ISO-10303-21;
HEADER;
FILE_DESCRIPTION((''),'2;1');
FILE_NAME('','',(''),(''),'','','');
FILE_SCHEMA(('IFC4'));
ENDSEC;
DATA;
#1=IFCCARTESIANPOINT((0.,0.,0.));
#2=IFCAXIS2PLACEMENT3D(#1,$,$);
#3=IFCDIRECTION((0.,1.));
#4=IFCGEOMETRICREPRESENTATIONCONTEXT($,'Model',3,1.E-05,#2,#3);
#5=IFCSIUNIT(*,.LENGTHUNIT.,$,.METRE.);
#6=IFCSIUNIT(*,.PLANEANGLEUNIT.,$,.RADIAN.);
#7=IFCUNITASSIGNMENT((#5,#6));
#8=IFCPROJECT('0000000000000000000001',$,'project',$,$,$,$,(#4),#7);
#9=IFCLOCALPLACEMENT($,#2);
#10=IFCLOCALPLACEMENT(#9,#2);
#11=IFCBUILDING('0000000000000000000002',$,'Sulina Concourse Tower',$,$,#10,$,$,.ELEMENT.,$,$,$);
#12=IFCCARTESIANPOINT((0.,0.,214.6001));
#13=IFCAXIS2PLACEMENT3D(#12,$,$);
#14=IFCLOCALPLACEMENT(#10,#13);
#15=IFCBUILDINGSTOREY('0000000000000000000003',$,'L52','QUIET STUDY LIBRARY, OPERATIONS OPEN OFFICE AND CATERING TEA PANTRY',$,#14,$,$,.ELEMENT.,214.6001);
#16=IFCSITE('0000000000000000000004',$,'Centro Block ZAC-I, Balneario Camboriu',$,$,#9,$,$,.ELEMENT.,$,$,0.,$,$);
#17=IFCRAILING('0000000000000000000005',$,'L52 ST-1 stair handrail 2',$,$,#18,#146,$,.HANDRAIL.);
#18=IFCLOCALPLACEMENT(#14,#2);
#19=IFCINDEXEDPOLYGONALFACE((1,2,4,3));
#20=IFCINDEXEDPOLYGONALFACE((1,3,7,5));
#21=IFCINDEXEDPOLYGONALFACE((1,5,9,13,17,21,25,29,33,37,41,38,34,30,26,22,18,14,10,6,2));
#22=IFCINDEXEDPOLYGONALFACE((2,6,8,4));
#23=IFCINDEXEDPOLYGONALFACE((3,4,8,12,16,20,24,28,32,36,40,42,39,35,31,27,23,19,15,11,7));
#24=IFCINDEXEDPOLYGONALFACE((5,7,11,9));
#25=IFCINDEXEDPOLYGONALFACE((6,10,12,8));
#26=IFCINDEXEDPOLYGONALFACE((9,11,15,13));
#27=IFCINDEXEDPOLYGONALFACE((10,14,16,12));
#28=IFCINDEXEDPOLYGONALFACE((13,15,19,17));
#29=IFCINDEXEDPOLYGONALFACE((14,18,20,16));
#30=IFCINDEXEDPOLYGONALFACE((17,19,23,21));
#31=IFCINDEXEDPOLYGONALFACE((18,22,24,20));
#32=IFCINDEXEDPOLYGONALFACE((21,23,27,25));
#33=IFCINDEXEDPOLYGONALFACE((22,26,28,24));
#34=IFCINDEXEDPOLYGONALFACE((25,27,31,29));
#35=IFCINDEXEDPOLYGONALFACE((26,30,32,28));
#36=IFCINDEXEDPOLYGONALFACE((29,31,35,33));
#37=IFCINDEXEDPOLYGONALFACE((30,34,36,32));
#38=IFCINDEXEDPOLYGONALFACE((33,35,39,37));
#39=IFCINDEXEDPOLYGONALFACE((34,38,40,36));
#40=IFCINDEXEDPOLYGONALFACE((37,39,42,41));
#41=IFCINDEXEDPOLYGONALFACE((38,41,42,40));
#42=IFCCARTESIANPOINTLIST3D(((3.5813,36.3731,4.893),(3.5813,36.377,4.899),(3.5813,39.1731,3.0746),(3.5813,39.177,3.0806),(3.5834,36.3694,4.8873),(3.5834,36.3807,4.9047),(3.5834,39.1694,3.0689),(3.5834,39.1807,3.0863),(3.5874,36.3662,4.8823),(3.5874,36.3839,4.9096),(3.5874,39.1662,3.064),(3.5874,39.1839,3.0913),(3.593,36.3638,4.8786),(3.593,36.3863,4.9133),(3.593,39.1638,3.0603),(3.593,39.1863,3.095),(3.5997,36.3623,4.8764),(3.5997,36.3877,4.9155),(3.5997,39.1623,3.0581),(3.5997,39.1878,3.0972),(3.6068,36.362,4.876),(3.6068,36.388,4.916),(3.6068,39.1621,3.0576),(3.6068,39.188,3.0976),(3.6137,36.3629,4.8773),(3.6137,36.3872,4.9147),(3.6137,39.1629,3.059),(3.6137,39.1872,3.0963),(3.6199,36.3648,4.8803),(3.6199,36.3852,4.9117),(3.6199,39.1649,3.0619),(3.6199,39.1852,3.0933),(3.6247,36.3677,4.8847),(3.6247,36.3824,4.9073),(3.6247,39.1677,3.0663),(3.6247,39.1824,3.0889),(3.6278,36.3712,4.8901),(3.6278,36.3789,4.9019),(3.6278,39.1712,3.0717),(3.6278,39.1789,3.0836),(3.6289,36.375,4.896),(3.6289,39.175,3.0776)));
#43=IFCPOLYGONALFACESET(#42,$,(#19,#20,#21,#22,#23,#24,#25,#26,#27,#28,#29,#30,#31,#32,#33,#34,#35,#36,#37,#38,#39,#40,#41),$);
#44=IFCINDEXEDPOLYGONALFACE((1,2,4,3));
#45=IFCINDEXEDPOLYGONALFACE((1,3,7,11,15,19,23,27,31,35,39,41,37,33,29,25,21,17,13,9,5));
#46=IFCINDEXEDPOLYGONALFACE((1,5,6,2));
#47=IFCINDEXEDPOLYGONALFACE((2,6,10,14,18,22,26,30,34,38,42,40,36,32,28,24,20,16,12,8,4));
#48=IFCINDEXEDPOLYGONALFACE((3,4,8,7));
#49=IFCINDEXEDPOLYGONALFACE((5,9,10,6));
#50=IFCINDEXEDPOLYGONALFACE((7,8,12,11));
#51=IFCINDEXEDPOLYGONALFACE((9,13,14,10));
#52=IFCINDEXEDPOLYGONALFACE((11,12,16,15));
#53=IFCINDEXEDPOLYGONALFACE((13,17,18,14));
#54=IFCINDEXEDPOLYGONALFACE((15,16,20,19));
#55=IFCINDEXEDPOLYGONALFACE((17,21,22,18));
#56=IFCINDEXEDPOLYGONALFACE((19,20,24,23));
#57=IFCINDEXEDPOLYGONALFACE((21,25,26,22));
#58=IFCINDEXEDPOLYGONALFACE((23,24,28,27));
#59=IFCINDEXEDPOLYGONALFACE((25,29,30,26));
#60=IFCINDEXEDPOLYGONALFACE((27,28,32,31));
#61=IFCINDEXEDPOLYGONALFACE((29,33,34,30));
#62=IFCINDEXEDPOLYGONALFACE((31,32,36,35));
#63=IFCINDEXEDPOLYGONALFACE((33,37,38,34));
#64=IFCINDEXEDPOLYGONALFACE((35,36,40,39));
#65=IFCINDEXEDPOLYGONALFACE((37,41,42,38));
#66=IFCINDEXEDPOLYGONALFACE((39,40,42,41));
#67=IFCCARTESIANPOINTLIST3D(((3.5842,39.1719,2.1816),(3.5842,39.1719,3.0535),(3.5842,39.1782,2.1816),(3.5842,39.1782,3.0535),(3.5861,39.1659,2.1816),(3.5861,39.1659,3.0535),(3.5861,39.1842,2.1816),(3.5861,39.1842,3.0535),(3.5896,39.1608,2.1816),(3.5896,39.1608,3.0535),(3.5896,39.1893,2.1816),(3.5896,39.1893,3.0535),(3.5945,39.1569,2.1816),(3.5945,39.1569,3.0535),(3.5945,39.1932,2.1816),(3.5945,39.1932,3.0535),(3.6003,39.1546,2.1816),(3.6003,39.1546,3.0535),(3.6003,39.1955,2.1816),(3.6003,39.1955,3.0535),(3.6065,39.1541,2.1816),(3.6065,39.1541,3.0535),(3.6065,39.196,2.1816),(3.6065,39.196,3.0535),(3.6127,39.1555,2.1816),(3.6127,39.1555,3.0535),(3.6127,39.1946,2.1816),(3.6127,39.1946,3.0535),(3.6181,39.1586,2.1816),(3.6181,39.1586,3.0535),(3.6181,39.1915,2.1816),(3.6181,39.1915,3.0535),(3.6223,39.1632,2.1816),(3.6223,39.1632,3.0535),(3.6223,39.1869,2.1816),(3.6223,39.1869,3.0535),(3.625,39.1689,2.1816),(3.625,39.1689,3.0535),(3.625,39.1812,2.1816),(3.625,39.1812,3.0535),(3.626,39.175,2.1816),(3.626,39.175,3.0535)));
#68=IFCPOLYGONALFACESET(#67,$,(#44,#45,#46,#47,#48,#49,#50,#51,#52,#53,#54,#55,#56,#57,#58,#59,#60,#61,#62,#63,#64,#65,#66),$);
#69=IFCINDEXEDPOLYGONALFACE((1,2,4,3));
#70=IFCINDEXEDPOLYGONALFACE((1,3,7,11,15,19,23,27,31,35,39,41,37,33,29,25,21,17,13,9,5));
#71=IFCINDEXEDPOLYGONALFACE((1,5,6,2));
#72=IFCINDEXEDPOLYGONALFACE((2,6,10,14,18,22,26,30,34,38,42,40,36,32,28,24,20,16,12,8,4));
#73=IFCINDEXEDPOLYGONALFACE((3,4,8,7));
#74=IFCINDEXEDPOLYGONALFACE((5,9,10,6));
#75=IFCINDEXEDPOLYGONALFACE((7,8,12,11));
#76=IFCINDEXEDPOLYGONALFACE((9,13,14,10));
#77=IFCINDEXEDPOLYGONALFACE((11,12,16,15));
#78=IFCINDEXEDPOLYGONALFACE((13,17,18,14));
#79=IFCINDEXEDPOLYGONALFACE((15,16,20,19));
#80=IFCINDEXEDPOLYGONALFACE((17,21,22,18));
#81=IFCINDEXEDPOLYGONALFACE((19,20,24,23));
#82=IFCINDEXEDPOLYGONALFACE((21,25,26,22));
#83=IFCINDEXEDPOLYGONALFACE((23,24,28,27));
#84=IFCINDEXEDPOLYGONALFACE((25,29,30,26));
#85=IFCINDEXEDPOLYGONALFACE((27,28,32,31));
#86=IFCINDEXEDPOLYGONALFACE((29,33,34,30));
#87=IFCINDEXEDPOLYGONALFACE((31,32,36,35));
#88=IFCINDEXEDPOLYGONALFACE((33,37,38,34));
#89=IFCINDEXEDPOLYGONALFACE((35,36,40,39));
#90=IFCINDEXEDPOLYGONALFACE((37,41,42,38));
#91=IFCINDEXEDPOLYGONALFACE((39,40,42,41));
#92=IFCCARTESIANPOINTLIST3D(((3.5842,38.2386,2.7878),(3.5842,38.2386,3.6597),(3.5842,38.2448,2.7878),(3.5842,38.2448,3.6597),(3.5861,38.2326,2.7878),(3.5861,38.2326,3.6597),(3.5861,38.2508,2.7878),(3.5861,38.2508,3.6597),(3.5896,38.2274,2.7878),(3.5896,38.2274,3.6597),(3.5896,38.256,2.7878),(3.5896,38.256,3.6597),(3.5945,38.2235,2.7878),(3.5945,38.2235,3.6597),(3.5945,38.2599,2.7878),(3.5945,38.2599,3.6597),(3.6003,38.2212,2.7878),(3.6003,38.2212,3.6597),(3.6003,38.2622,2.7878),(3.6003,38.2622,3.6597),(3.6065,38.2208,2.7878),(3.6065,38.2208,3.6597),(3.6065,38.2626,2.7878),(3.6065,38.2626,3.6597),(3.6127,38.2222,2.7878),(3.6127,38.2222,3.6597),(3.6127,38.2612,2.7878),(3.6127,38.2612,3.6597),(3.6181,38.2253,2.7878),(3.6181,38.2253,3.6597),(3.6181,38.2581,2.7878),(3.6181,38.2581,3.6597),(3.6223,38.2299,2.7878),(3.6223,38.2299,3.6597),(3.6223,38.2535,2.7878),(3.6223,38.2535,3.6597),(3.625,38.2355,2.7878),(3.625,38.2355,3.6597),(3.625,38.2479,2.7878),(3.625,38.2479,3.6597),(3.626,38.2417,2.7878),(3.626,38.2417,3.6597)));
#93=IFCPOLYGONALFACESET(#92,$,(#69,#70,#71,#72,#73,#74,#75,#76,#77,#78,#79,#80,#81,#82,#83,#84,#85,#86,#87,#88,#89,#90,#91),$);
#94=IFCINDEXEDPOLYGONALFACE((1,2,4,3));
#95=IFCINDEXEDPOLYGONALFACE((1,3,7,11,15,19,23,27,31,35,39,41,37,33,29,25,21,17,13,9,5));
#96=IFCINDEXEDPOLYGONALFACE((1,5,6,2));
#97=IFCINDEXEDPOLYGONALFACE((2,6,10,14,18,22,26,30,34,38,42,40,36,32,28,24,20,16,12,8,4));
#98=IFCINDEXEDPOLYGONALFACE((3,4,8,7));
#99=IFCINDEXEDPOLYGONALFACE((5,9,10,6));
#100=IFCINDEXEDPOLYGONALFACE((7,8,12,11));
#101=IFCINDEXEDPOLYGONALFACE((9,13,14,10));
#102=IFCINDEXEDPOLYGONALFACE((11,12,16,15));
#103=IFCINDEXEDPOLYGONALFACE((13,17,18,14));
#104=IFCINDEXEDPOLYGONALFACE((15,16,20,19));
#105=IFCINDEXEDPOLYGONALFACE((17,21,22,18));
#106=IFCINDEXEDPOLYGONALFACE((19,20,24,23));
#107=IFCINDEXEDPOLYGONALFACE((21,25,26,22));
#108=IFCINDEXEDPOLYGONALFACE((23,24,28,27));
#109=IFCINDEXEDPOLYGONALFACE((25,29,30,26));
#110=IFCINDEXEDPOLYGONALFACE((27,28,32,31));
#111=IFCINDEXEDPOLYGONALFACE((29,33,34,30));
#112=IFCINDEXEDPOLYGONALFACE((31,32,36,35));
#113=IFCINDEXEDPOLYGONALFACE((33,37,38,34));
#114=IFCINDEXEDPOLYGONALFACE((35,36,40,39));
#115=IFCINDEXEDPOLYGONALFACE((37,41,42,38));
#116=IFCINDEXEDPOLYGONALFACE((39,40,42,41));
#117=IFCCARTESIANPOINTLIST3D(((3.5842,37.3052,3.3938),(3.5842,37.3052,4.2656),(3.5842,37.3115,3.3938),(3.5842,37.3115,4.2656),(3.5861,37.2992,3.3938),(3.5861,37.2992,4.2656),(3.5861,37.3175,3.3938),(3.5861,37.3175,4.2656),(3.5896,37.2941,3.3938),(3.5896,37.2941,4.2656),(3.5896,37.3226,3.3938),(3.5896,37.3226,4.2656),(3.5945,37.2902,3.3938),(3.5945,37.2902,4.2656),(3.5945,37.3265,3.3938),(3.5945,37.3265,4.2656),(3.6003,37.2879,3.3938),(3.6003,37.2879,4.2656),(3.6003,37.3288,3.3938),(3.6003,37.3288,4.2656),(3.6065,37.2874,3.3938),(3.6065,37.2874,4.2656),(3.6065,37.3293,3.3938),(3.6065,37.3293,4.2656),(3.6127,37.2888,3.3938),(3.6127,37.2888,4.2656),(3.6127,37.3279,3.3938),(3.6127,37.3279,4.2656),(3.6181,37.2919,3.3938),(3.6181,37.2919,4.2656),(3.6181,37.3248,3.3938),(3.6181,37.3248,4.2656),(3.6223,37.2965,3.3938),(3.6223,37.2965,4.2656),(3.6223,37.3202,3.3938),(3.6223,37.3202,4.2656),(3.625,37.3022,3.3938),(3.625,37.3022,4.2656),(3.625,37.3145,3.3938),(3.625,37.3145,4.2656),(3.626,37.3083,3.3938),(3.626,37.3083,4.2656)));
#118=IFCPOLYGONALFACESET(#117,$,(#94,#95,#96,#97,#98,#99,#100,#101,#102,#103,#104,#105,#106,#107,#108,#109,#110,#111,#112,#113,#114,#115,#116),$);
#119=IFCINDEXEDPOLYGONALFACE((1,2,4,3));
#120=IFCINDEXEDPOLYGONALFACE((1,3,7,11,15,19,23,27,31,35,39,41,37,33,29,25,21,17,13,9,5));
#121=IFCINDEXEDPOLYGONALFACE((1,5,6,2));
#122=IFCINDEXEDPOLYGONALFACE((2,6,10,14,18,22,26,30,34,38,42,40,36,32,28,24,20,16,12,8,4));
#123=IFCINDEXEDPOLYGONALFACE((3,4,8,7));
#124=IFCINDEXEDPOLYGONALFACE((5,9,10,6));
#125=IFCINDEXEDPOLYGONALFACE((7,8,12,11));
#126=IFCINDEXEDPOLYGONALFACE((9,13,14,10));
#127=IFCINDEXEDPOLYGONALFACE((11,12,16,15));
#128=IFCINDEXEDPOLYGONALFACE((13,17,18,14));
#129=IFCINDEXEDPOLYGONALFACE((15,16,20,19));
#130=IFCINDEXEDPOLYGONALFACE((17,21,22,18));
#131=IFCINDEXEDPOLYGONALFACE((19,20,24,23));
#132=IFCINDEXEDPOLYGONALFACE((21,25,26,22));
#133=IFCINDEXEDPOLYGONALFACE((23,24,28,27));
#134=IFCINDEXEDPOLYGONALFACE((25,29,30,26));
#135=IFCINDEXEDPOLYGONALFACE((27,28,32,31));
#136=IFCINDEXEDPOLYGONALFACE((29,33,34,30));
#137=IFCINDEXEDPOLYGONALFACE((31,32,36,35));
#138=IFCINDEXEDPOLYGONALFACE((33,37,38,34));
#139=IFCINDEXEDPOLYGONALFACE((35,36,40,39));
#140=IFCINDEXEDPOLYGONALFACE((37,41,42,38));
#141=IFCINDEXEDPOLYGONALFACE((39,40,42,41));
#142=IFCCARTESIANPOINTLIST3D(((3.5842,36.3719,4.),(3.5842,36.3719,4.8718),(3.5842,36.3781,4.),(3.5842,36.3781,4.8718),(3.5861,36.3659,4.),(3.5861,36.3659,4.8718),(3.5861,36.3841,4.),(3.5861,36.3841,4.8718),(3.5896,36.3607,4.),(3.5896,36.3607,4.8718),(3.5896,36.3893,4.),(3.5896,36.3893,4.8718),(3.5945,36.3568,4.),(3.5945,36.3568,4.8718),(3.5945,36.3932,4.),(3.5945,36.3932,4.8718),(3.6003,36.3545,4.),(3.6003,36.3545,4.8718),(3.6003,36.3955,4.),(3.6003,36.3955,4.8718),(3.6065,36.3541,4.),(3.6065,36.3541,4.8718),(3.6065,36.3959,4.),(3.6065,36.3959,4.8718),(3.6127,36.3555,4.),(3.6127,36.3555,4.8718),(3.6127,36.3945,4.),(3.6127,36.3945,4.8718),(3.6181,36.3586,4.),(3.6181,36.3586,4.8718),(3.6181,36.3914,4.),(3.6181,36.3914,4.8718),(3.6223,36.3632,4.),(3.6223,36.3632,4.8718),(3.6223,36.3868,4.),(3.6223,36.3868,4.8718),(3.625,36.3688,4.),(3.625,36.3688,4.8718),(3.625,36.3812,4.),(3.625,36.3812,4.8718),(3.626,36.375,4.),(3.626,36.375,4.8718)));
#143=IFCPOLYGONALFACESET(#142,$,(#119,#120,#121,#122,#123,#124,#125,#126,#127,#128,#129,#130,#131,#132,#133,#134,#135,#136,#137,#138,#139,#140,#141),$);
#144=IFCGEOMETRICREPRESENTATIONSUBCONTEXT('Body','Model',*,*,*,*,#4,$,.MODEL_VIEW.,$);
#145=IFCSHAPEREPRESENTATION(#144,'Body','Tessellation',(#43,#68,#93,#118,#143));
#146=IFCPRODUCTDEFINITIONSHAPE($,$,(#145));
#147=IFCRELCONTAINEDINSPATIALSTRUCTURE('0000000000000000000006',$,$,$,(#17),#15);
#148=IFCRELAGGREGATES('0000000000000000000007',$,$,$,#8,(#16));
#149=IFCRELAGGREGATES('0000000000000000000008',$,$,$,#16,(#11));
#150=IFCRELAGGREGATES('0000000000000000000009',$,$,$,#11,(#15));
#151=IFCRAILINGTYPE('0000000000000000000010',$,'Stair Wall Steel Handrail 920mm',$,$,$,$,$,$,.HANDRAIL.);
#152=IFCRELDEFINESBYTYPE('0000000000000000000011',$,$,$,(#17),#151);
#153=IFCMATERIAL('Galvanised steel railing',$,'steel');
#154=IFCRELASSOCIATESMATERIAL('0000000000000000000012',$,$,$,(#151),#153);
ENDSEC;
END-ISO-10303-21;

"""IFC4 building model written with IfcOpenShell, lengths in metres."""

from ifc_helpers import new_model, si_unit, direction, frame, origin, origin_2d, place, context, subcontext, project, spatial, circle, extrude, material, type_object, element, save


model = new_model("IFC4")

# Units and contexts
model_context = context("Model", 3, precision=1e-05, world=origin(), true_north=direction((0.0, 1.0)))
body_context = subcontext(model_context, "Body", "Model", "MODEL_VIEW")
ifc_project = project(units=[si_unit("LENGTHUNIT", "METRE"), si_unit("PLANEANGLEUNIT", "RADIAN")], contexts=[model_context])

# Site, building, storey
site_placement = place(None, origin())
site = spatial("IfcSite", under=ifc_project, at=site_placement, Name="Centro Block ZAC-I, Balneario Camboriu", CompositionType="ELEMENT", RefElevation=0.0)
building_placement = place(site_placement, origin())
building = spatial("IfcBuilding", under=site, at=building_placement, Name="Sulina Concourse Tower", CompositionType="ELEMENT")
storey_placement = place(building_placement, frame((0.0, 0.0, 214.6001)))
storey = spatial("IfcBuildingStorey", under=building, at=storey_placement, Name="L52", Description="QUIET STUDY LIBRARY, OPERATIONS OPEN OFFICE AND CATERING TEA PANTRY", CompositionType="ELEMENT", Elevation=214.6001)

# Railing
ifc_material_1 = material(Name="Galvanised steel railing", Category="steel")
railing_type_1 = type_object("IfcRailingType", Name="Stair Wall Steel Handrail 920mm", PredefinedType="HANDRAIL", material=ifc_material_1)
railing_1_placement = place(storey_placement, frame((3.605, 39.175, 2.1816)))
element("IfcRailing", 1, at=railing_1_placement, inside=storey, type_object=railing_type_1, Name="L52 ST-1 stair handrail 2", PredefinedType="HANDRAIL", context=body_context, shape_type="SweptSolid", body=[
    extrude(circle(Radius=0.0239, at=origin_2d()), frame((0.0, 0.0, 0.896), z_axis=(0.0, -0.838672, 0.544636), x_axis=(1.0, 0.0, 0.0)), (0.0, 0.0, 1.0), 3.3386),
    extrude(circle(Radius=0.021, at=origin_2d()), origin(), (0.0, 0.0, 1.0), 0.8718),
    extrude(circle(Radius=0.021, at=origin_2d()), frame((0.0, -0.9333, 0.6062)), (0.0, 0.0, 1.0), 0.8718),
    extrude(circle(Radius=0.021, at=origin_2d()), frame((0.0, -1.8667, 1.2122)), (0.0, 0.0, 1.0), 0.8718),
    extrude(circle(Radius=0.021, at=origin_2d()), frame((0.0, -2.8, 1.8184)), (0.0, 0.0, 1.0), 0.8718),
])

save(model, "model.ifc")
